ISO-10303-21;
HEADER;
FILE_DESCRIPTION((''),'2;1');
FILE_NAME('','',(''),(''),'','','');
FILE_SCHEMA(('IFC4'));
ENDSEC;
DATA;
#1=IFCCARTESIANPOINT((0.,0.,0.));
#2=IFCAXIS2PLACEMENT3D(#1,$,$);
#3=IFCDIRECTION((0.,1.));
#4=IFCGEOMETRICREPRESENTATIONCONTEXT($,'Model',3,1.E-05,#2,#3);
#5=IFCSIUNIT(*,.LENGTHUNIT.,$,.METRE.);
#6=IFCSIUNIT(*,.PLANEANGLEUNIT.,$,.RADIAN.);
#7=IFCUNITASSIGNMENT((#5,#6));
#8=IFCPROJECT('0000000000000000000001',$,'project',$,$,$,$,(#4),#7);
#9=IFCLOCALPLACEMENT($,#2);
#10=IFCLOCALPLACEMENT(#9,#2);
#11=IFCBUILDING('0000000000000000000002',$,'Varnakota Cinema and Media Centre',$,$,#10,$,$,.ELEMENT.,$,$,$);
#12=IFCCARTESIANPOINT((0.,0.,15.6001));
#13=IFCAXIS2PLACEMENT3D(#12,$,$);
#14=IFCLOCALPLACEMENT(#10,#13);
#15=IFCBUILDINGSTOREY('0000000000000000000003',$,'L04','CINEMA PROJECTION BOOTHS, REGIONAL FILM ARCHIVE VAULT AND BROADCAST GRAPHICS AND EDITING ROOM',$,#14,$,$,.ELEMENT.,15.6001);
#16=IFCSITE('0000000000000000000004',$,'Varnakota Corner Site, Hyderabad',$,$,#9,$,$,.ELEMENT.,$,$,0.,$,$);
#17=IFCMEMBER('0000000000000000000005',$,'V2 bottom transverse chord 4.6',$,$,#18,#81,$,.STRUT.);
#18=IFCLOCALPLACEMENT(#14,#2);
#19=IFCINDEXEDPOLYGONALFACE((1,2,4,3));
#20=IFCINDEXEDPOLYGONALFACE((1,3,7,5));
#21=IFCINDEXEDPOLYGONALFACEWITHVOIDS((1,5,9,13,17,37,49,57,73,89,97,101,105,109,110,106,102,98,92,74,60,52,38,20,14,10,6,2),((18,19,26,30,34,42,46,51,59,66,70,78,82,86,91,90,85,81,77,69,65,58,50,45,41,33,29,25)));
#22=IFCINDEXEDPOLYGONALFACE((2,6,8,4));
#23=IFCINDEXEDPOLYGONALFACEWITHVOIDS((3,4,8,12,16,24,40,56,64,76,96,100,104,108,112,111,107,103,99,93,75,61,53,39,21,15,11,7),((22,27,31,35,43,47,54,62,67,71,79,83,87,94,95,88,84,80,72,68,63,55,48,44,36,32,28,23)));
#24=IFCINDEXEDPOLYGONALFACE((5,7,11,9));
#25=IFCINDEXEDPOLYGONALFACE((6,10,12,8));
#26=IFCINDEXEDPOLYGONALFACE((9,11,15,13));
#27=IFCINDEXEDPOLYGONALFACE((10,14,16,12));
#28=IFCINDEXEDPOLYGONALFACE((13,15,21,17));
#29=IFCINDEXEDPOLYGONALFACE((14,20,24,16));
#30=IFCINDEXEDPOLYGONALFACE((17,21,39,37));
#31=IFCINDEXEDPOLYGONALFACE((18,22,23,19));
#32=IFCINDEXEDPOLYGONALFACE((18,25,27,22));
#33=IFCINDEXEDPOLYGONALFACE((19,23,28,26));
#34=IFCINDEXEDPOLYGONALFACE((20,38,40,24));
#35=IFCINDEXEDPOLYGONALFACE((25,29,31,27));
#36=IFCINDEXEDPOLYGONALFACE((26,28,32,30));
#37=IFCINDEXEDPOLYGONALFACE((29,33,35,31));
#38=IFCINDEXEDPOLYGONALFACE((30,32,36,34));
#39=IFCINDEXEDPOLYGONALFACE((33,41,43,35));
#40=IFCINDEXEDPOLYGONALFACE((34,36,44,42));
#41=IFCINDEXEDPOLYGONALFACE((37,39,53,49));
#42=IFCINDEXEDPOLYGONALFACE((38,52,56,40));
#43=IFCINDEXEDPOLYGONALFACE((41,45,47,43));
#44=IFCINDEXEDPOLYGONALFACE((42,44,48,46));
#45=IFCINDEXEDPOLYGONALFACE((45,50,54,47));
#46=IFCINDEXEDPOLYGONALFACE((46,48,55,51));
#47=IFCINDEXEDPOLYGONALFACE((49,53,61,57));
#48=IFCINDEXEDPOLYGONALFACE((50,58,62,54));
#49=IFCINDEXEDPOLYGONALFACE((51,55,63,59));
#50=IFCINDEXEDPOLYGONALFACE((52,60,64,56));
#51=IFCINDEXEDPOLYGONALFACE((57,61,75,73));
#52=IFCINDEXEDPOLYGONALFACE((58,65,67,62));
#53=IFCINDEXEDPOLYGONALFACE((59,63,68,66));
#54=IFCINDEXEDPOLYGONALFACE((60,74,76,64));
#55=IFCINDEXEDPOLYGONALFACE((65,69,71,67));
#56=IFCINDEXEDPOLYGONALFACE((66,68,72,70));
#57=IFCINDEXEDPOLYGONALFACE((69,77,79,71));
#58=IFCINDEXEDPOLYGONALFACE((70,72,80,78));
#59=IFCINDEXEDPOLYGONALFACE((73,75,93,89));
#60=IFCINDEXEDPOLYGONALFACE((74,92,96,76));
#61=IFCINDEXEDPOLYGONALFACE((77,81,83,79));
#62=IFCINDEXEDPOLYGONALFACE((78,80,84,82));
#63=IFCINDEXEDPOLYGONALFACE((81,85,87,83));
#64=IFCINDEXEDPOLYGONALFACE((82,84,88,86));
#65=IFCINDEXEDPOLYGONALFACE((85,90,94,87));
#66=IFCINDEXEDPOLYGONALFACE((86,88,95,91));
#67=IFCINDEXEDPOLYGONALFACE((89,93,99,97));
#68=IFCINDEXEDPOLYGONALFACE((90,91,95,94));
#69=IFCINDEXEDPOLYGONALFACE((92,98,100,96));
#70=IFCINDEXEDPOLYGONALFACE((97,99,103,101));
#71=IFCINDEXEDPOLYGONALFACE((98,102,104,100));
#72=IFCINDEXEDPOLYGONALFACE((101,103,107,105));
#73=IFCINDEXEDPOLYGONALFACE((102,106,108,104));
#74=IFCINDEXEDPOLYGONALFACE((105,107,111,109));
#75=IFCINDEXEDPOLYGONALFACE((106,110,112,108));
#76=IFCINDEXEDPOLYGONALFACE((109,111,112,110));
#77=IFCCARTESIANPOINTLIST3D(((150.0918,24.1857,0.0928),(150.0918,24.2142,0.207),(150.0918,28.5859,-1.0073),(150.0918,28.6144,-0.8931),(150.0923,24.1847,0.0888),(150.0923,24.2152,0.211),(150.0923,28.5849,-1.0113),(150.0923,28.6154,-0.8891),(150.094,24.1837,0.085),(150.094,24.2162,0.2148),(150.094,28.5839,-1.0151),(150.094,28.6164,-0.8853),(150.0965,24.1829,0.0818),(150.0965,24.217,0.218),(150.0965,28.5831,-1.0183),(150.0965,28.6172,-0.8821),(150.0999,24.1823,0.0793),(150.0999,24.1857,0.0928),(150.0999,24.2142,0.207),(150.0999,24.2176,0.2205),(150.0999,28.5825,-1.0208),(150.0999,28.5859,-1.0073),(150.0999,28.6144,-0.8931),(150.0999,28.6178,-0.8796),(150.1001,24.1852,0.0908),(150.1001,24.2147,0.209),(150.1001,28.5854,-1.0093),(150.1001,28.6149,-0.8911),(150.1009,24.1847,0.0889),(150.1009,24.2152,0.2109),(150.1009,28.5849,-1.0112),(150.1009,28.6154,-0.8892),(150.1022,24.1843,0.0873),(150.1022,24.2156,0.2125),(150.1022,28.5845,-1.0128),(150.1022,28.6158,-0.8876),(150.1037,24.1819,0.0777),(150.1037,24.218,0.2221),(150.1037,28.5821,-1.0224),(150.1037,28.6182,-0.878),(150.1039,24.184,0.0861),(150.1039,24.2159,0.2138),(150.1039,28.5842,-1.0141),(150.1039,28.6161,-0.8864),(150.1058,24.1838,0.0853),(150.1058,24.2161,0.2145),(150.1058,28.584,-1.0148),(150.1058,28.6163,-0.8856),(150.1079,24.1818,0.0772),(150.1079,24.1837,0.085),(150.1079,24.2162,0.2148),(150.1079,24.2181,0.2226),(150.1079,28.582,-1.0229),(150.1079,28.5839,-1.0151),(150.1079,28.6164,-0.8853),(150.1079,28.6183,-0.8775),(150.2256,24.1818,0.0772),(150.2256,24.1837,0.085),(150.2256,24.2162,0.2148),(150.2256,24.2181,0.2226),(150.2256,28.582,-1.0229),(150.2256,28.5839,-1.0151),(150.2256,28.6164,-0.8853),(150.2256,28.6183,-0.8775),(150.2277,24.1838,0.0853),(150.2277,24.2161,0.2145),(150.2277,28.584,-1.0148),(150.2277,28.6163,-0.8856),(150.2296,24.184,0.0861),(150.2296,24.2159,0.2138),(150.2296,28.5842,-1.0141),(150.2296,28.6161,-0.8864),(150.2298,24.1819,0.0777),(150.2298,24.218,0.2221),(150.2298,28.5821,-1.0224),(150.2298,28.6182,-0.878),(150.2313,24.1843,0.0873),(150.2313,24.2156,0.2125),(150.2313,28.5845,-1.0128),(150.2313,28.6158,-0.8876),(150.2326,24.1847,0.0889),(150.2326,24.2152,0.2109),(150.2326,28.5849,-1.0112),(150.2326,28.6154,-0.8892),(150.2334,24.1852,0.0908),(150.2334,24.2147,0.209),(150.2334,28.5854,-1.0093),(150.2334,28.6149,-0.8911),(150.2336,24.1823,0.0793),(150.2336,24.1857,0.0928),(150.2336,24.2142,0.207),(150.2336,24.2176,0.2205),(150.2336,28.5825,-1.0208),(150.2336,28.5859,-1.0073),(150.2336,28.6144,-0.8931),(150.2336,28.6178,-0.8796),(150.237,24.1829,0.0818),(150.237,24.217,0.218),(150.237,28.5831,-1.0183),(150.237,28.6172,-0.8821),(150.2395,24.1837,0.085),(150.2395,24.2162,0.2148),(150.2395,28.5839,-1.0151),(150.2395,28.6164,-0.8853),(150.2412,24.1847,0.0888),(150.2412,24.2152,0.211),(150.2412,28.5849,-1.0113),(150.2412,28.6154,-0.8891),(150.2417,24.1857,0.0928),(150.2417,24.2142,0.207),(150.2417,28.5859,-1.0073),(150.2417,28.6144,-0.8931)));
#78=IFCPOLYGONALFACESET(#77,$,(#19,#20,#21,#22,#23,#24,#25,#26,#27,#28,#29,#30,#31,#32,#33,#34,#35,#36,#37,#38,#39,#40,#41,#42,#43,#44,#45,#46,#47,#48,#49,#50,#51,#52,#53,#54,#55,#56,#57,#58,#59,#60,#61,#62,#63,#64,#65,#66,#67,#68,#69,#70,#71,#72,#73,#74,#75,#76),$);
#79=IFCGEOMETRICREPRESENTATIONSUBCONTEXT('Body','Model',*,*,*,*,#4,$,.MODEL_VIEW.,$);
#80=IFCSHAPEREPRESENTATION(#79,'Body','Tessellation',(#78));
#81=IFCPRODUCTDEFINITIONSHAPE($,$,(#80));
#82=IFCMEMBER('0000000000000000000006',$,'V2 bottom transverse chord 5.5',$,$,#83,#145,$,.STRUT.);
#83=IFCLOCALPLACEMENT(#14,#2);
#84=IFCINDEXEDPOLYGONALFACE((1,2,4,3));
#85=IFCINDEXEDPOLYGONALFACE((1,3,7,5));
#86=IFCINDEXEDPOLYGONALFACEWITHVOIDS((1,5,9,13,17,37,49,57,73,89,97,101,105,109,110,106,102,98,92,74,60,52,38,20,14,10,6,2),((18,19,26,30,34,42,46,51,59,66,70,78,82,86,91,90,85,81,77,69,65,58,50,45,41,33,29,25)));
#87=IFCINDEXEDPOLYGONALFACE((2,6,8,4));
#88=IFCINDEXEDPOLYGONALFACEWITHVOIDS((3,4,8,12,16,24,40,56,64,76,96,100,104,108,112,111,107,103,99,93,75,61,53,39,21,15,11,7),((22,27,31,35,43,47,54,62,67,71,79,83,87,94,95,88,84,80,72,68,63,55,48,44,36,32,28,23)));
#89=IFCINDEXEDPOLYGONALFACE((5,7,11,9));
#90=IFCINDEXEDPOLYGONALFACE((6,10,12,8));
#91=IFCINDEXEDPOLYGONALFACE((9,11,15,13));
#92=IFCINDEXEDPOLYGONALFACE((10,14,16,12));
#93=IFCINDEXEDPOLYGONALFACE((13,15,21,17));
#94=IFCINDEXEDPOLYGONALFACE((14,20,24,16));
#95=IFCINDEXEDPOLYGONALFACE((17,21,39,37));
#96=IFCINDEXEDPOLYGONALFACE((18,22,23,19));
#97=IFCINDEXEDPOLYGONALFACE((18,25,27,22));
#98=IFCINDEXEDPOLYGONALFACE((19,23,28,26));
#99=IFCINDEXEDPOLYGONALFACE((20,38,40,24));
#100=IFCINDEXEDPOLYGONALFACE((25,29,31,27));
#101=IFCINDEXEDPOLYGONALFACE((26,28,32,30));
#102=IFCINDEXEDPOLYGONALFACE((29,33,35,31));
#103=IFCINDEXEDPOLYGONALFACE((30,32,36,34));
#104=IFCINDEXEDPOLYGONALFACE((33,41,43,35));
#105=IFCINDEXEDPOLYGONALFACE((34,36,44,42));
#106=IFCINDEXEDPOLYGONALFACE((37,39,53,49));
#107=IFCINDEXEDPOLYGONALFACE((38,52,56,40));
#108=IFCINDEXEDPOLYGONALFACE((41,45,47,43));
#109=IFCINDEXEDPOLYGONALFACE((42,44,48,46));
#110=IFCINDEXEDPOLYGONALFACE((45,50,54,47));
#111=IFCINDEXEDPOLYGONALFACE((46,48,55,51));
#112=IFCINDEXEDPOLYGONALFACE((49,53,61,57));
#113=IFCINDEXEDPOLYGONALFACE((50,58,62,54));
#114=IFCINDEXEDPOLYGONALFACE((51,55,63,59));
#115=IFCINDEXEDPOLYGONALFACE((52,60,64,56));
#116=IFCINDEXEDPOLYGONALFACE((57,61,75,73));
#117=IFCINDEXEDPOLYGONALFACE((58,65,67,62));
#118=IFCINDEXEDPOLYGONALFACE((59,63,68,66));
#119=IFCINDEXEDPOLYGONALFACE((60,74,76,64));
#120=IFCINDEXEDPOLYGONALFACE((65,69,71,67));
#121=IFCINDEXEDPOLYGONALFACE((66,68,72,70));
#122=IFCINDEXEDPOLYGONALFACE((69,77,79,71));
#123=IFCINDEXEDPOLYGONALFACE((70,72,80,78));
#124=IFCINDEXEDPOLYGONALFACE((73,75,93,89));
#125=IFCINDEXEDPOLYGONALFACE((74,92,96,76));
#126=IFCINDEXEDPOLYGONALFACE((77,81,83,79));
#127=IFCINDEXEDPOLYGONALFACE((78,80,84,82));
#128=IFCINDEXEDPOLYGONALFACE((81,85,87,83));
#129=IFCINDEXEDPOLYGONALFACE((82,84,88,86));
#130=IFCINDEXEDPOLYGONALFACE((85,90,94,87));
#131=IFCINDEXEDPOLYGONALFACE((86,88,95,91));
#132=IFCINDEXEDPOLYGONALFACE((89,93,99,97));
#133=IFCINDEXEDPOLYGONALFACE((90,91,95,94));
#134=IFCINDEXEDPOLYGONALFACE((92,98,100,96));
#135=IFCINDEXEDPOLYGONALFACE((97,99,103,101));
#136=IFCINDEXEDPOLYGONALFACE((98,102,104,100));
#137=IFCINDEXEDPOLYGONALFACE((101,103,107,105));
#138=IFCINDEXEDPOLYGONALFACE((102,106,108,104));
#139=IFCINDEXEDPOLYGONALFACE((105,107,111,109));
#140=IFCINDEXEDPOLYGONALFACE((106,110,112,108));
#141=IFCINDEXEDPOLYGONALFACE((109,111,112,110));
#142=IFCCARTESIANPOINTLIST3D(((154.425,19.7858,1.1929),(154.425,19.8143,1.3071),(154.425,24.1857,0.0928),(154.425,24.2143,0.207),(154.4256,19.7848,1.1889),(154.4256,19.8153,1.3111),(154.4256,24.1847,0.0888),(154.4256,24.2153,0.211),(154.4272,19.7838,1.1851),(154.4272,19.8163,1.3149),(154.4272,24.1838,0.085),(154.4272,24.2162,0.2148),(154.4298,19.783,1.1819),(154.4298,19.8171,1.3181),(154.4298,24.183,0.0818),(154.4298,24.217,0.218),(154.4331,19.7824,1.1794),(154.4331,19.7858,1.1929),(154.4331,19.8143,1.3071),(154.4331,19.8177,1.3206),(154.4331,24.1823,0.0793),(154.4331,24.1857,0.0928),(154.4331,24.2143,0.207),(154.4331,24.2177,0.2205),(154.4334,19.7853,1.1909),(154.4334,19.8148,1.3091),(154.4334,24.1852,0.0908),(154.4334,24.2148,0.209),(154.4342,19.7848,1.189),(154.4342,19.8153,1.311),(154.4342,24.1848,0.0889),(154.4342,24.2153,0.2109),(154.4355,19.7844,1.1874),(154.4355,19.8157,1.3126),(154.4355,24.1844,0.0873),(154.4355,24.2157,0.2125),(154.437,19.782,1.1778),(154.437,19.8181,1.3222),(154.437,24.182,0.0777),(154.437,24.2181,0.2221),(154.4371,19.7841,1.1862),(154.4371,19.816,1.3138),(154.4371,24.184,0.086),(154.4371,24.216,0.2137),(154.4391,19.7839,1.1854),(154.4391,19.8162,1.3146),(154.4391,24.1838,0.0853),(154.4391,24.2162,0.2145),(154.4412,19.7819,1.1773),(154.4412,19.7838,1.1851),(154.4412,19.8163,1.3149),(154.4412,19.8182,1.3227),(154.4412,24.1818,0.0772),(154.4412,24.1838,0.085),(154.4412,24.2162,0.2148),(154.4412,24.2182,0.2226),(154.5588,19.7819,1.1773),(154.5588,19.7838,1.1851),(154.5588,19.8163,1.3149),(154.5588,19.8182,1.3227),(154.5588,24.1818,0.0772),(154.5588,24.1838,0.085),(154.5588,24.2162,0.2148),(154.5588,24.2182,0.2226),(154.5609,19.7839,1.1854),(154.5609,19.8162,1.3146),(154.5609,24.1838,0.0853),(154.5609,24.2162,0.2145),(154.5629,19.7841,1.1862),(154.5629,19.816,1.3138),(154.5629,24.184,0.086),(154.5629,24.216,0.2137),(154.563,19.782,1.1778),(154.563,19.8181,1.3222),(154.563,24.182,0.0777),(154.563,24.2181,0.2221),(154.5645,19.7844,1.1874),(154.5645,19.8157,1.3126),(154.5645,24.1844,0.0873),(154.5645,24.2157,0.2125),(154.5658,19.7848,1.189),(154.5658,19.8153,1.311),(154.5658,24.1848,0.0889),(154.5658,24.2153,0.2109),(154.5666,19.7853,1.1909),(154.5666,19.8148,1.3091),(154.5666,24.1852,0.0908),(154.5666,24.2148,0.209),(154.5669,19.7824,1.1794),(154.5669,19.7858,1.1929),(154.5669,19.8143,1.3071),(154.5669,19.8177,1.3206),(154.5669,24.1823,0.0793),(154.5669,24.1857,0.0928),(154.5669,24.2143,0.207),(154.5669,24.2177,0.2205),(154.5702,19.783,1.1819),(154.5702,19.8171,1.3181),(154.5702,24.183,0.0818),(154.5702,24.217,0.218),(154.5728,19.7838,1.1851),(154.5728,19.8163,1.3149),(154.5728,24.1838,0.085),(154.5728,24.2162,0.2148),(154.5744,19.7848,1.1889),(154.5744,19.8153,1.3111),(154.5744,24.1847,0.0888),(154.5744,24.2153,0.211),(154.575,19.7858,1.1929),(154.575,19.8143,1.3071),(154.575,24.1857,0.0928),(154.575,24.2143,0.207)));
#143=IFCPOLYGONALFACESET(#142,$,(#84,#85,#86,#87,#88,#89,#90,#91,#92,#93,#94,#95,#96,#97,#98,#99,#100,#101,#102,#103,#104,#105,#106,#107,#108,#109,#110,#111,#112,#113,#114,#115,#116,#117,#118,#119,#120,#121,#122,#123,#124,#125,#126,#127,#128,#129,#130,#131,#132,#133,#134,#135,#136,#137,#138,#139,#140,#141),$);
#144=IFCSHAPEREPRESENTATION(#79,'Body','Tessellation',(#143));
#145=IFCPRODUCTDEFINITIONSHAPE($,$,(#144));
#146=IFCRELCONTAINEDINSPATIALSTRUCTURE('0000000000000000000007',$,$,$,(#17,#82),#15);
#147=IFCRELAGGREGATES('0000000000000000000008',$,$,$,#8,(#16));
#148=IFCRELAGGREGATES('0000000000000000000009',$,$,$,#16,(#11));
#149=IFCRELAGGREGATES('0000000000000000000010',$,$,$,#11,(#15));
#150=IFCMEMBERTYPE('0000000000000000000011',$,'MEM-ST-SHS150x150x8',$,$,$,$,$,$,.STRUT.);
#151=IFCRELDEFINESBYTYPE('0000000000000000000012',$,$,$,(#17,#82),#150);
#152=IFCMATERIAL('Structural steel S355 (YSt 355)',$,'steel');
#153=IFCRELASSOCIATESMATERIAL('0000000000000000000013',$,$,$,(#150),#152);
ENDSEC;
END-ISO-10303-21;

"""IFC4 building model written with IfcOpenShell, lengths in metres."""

from ifc_helpers import new_model, si_unit, direction, frame, origin, origin_2d, place, context, subcontext, project, spatial, hollow_rectangle, extrude, material, material_profile, profile_set, type_object, element, save


model = new_model("IFC4")

# Units and contexts
model_context = context("Model", 3, precision=1e-05, world=origin(), true_north=direction((0.0, 1.0)))
body_context = subcontext(model_context, "Body", "Model", "MODEL_VIEW")
ifc_project = project(units=[si_unit("LENGTHUNIT", "METRE"), si_unit("PLANEANGLEUNIT", "RADIAN")], contexts=[model_context])

# Site, building, storey
site_placement = place(None, origin())
site = spatial("IfcSite", under=ifc_project, at=site_placement, Name="Varnakota Corner Site, Hyderabad", CompositionType="ELEMENT", RefElevation=0.0)
building_placement = place(site_placement, origin())
building = spatial("IfcBuilding", under=site, at=building_placement, Name="Varnakota Cinema and Media Centre", CompositionType="ELEMENT")
storey_placement = place(building_placement, frame((0.0, 0.0, 15.6001)))
storey = spatial("IfcBuildingStorey", under=building, at=storey_placement, Name="L04", Description="CINEMA PROJECTION BOOTHS, REGIONAL FILM ARCHIVE VAULT AND BROADCAST GRAPHICS AND EDITING ROOM", CompositionType="ELEMENT", Elevation=15.6001)

# Members
ifc_material_1 = material(Name="Structural steel S355 (YSt 355)", Category="steel")
ifc_material_profile_1 = material_profile(ifc_material_1, hollow_rectangle(XDim=0.1499, YDim=0.1499, WallThickness=0.0081, InnerFilletRadius=0.0081, OuterFilletRadius=0.0161, at=origin_2d()), Name="SHS 150x150x8")
ifc_profile_set_1 = profile_set([ifc_material_profile_1], Name="Structural steel S355 (YSt 355)")
member_type_1 = type_object("IfcMemberType", Name="MEM-ST-SHS150x150x8", PredefinedType="STRUT", material=ifc_profile_set_1)
member_1_placement = place(storey_placement, frame((150.1667, 24.2, 0.1499), z_axis=(0.0, 0.970139, -0.242548), x_axis=(-1.0, 0.0, 0.0)))
element("IfcMember", 1, at=member_1_placement, inside=storey, type_object=member_type_1, Name="V2 bottom transverse chord 4.6", PredefinedType="STRUT", context=body_context, shape_type="SweptSolid", body=[
    extrude(hollow_rectangle(XDim=0.1499, YDim=0.1499, WallThickness=0.0081, InnerFilletRadius=0.0081, OuterFilletRadius=0.0161, at=origin_2d()), origin(), (0.0, 0.0, 1.0), 4.5356),
])
member_2_placement = place(storey_placement, frame((154.5, 19.8, 1.25), z_axis=(0.0, 0.970136, -0.242561), x_axis=(-1.0, 0.0, 0.0)))
element("IfcMember", 2, at=member_2_placement, inside=storey, type_object=member_type_1, Name="V2 bottom transverse chord 5.5", PredefinedType="STRUT", context=body_context, shape_type="SweptSolid", body=[
    extrude(hollow_rectangle(XDim=0.1499, YDim=0.1499, WallThickness=0.0081, InnerFilletRadius=0.0081, OuterFilletRadius=0.0161, at=origin_2d()), origin(), (0.0, 0.0, 1.0), 4.5354),
])

save(model, "model.ifc")
